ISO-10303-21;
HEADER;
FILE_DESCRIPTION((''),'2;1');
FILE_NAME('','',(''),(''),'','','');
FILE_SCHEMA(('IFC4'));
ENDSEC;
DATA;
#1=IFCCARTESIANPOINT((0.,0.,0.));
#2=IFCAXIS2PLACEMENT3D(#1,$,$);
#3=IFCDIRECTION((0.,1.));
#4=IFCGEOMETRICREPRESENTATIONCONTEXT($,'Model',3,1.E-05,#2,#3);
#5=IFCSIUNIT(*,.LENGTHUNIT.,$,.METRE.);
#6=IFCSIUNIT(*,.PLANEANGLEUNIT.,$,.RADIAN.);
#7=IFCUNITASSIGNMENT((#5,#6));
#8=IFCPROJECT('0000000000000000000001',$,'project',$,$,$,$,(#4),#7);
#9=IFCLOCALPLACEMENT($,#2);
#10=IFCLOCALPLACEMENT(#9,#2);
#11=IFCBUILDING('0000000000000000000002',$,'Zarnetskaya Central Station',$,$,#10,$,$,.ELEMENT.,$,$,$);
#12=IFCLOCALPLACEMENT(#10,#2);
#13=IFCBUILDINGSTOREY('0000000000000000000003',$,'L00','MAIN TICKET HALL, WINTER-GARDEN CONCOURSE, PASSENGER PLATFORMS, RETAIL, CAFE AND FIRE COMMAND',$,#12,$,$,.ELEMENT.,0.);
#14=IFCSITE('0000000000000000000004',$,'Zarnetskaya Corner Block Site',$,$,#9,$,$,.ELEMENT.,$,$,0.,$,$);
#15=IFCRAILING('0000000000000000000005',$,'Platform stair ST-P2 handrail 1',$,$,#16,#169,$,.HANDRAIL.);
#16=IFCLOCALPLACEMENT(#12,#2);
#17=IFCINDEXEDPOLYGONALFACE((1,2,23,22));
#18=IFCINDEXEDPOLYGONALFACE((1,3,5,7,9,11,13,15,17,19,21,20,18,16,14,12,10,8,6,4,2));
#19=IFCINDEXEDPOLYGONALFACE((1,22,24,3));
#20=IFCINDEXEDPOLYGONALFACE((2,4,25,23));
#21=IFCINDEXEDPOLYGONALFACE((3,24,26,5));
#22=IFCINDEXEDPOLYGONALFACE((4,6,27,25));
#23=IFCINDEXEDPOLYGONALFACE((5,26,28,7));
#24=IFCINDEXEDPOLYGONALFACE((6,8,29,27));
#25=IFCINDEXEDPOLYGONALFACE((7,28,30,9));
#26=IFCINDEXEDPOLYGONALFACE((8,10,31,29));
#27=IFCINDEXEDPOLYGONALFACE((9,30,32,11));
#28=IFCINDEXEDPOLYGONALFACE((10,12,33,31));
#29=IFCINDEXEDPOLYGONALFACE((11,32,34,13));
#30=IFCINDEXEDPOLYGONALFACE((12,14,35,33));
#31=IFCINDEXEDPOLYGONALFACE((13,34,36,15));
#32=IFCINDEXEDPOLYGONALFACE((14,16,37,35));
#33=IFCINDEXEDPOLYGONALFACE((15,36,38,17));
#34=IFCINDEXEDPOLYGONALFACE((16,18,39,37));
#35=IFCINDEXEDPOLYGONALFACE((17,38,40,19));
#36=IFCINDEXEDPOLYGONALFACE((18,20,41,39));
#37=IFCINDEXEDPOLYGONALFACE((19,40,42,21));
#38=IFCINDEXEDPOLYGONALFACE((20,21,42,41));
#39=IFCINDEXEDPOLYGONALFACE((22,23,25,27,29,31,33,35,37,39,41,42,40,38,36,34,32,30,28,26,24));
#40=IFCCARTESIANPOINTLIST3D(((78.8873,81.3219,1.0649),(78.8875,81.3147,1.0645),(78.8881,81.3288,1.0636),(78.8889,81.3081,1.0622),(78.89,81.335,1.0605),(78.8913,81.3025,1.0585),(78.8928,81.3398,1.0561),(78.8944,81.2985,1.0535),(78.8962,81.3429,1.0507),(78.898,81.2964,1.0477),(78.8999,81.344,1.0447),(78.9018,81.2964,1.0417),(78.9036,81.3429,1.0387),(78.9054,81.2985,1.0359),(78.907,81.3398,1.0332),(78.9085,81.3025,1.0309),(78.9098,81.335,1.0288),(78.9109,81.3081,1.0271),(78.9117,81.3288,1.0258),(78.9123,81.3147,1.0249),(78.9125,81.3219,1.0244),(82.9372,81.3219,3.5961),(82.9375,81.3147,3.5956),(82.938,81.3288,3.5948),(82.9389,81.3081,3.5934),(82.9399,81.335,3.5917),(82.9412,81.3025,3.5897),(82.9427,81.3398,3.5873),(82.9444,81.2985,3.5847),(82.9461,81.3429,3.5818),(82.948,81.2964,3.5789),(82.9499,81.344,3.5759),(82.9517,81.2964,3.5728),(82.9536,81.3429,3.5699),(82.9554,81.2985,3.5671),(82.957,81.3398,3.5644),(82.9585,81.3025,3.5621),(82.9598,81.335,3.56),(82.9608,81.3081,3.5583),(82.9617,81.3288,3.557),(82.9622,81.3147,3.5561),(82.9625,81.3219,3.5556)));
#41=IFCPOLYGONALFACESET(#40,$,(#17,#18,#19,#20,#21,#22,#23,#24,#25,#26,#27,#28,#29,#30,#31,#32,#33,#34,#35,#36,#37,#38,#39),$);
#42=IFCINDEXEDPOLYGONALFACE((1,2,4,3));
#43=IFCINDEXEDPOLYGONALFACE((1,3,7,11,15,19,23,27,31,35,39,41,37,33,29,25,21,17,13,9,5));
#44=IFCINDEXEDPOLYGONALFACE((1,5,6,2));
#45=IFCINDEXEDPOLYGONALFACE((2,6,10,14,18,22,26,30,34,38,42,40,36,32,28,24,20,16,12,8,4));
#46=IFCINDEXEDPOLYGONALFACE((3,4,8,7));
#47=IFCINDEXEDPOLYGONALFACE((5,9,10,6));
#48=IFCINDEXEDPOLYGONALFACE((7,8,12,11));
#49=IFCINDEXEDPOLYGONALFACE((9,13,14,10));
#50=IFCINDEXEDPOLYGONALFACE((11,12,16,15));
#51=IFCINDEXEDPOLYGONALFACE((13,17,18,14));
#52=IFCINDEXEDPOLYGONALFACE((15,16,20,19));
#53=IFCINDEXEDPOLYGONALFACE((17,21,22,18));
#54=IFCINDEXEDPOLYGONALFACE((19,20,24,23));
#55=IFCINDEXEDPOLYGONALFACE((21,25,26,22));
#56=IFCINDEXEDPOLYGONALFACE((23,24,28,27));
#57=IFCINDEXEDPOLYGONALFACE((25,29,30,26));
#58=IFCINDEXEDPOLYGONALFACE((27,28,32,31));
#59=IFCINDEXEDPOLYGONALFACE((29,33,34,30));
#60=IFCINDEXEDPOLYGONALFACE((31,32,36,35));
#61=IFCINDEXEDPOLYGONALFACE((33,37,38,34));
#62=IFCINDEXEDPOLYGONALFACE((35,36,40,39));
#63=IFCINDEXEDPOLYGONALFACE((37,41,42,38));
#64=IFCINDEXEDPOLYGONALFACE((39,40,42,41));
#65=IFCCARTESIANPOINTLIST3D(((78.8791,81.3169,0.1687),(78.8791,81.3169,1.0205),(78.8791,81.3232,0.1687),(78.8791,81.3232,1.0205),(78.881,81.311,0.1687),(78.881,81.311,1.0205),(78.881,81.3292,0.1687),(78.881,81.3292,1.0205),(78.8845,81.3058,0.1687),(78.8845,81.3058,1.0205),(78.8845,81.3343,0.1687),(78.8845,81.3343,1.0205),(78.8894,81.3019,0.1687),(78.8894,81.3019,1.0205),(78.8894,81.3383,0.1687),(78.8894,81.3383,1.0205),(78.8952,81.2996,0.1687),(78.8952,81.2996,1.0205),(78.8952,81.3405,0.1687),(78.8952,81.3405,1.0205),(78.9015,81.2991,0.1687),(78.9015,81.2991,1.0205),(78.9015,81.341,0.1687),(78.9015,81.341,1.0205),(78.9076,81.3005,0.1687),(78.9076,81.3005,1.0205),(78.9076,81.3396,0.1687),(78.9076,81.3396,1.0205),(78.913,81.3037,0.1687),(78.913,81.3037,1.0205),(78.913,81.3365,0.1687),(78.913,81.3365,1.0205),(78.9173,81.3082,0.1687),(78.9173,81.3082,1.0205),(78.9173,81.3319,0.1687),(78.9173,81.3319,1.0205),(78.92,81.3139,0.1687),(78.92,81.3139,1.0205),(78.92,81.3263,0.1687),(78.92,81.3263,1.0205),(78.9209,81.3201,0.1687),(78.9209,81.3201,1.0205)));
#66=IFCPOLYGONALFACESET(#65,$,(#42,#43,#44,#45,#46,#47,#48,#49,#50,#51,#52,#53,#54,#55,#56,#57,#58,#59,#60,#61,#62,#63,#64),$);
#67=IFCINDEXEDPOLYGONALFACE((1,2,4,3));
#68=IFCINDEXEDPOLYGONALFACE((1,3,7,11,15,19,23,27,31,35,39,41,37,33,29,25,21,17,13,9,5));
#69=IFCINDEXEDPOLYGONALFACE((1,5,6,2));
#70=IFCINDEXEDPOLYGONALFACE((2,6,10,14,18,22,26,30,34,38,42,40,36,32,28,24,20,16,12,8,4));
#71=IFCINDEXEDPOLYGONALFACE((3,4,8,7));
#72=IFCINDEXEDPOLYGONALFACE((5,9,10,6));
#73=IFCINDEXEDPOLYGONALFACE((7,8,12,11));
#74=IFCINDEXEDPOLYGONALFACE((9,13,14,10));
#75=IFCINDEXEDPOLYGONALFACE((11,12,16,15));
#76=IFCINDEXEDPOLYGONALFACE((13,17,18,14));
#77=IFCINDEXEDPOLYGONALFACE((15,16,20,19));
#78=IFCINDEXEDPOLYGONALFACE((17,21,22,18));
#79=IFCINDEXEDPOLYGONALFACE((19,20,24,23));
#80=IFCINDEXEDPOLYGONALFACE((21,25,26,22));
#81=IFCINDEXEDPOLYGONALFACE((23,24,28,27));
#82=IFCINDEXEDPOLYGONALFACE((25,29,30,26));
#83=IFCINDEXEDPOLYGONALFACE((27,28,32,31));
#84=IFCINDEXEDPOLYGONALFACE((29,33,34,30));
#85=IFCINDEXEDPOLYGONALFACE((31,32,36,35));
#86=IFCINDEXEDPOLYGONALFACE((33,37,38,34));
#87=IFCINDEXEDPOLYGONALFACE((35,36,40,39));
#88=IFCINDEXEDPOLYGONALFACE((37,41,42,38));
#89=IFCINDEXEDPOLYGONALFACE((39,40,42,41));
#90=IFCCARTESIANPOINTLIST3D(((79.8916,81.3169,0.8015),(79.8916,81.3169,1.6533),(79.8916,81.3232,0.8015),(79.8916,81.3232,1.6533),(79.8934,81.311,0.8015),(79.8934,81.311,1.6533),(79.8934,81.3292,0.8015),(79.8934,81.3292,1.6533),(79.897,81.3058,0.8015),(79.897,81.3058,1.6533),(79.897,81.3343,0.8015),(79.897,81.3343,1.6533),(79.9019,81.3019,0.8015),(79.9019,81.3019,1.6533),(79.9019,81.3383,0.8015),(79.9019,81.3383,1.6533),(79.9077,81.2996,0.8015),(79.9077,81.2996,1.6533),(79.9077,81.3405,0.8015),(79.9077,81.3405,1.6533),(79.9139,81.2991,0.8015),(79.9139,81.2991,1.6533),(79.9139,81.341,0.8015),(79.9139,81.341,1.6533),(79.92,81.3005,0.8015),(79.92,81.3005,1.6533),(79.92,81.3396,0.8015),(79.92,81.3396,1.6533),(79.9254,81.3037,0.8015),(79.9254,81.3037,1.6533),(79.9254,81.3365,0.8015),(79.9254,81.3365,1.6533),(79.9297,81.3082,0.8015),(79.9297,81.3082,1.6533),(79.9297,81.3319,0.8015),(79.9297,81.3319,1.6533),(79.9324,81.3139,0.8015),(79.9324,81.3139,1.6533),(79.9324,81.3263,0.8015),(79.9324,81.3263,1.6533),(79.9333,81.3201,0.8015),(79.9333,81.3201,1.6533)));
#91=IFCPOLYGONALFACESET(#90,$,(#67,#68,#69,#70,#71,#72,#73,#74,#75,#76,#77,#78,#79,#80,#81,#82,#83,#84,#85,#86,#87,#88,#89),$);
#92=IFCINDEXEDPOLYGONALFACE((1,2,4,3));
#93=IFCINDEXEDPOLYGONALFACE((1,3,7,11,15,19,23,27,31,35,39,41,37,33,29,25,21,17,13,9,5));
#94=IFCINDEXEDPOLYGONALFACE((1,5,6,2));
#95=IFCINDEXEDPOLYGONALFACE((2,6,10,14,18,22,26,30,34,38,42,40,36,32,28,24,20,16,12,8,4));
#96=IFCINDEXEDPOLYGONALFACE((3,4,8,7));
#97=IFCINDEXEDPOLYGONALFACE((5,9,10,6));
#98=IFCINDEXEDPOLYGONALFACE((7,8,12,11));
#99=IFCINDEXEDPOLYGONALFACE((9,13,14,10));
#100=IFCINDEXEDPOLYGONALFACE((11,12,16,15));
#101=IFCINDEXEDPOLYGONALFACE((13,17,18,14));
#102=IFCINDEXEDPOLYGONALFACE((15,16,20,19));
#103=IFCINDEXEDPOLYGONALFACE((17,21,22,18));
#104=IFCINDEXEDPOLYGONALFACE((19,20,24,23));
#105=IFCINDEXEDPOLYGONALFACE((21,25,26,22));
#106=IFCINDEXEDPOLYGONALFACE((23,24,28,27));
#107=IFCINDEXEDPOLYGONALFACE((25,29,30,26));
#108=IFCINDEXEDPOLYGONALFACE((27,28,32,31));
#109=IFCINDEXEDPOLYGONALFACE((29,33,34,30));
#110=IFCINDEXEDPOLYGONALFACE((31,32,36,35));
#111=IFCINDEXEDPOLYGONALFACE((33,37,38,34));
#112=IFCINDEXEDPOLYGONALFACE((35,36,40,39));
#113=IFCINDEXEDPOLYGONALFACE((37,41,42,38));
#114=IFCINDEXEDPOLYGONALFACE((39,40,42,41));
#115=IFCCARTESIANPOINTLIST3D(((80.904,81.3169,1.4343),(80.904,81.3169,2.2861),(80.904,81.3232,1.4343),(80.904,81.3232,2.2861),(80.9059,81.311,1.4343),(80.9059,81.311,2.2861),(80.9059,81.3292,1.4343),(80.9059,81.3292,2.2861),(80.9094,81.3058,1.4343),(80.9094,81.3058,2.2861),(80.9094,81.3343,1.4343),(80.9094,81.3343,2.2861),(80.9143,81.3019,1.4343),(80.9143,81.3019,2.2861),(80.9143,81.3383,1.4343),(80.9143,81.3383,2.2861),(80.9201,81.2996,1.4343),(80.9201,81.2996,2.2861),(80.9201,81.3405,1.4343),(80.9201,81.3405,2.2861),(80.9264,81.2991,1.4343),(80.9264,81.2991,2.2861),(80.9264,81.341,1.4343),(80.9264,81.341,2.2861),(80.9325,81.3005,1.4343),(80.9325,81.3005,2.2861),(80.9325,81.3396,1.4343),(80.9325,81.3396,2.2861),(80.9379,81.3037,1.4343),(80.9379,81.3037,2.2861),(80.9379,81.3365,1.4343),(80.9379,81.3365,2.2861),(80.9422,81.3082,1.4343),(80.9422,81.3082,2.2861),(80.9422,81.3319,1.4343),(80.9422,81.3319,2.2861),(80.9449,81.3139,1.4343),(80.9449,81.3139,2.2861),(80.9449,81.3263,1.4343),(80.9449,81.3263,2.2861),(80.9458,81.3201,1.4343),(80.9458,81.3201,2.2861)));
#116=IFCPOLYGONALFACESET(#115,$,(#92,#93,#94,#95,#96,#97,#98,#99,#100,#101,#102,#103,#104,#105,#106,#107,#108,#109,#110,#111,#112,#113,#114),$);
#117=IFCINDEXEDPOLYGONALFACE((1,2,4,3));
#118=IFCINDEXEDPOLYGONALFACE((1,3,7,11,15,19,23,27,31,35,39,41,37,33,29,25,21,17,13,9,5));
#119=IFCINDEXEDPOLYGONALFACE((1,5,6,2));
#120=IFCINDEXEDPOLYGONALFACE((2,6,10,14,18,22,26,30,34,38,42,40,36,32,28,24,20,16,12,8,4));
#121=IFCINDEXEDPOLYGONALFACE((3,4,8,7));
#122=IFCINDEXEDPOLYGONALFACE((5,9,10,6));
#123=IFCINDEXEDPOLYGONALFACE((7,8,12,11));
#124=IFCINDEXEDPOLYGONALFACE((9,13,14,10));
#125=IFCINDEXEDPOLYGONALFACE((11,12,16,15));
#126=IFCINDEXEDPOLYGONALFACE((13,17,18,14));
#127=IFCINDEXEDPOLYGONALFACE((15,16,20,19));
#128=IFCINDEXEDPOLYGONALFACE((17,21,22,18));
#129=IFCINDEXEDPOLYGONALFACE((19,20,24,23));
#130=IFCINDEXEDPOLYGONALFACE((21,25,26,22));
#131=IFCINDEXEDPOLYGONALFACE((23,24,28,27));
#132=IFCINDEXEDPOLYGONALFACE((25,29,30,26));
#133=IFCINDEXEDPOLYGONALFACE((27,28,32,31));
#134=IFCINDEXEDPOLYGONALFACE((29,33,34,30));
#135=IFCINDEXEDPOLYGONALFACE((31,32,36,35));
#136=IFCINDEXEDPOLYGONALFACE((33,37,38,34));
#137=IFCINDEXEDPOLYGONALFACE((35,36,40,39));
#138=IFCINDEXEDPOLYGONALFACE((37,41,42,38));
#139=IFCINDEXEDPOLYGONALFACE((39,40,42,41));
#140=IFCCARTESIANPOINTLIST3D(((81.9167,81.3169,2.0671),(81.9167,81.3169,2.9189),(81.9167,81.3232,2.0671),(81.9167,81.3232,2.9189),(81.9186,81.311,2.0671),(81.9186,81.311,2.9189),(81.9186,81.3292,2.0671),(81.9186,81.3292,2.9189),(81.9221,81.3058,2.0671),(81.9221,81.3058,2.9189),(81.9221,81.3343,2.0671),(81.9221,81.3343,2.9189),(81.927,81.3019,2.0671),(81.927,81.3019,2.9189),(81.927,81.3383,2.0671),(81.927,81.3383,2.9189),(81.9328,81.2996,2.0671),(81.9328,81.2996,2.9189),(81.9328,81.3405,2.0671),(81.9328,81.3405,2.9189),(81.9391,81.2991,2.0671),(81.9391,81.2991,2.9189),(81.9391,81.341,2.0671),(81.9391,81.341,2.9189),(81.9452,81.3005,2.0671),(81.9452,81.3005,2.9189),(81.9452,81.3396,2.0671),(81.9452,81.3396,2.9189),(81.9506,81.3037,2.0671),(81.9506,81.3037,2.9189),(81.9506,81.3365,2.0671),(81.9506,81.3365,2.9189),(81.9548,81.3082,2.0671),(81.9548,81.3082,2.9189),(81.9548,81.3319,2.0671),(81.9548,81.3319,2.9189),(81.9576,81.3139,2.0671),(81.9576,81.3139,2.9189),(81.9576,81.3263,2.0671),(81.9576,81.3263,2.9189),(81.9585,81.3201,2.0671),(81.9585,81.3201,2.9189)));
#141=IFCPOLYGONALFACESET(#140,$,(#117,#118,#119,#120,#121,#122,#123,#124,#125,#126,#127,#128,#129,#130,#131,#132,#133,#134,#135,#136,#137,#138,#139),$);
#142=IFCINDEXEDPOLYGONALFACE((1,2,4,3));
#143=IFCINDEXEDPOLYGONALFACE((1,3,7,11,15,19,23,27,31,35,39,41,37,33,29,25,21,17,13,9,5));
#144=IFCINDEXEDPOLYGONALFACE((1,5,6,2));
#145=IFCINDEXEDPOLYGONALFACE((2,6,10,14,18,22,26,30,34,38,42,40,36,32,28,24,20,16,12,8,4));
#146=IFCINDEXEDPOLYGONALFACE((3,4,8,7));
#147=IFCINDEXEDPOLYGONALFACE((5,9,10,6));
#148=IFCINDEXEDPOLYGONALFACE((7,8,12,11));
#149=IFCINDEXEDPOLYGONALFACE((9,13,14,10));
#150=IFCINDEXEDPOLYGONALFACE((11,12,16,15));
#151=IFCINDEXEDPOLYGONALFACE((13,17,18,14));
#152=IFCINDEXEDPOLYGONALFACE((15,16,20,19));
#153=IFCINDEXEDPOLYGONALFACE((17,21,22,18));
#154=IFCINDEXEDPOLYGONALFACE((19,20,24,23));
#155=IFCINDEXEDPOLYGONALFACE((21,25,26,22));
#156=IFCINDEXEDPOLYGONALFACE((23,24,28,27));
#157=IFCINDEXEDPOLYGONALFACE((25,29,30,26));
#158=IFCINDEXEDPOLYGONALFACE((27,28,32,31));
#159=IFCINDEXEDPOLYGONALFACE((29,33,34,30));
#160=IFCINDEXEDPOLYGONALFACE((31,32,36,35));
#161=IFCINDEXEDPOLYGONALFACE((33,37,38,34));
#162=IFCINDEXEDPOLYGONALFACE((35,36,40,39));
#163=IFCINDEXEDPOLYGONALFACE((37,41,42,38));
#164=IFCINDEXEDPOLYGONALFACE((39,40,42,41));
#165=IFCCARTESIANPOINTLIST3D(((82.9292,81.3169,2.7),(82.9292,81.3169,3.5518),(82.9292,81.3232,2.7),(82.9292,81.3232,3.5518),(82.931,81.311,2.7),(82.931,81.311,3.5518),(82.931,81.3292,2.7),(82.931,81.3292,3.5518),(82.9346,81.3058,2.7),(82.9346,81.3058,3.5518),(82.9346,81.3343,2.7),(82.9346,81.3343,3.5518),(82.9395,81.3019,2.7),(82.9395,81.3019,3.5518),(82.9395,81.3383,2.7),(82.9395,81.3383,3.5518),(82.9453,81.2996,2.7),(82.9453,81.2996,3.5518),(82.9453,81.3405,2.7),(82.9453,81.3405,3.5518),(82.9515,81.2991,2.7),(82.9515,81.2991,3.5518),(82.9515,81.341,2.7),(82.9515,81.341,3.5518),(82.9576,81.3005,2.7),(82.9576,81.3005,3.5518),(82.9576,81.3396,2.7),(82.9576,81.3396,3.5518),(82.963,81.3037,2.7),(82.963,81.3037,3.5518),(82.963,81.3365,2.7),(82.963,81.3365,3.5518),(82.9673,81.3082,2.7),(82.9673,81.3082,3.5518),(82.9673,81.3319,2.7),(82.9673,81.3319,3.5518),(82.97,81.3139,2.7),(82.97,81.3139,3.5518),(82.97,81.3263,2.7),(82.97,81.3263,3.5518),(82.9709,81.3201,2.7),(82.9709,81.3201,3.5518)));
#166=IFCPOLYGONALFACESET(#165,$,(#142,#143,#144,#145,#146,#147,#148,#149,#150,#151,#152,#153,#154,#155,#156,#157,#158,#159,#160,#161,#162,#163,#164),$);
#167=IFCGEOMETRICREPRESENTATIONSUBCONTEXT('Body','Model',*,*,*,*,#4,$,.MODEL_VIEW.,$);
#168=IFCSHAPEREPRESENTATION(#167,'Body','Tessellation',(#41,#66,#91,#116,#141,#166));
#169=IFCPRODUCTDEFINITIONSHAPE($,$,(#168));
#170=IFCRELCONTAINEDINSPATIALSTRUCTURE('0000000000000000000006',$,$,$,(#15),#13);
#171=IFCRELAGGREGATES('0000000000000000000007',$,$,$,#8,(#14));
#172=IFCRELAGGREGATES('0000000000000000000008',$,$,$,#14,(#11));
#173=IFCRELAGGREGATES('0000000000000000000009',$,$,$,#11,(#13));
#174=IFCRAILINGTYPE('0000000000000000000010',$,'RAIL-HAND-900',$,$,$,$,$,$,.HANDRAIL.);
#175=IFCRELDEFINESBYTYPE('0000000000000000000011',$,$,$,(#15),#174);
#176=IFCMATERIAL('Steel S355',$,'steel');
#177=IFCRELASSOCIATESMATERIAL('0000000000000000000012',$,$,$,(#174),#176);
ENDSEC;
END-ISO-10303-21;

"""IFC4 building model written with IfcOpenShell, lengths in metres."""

from ifc_helpers import new_model, si_unit, direction, frame, origin, origin_2d, place, context, subcontext, project, spatial, circle, extrude, material, type_object, element, save


model = new_model("IFC4")

# Units and contexts
model_context = context("Model", 3, precision=1e-05, world=origin(), true_north=direction((0.0, 1.0)))
body_context = subcontext(model_context, "Body", "Model", "MODEL_VIEW")
ifc_project = project(units=[si_unit("LENGTHUNIT", "METRE"), si_unit("PLANEANGLEUNIT", "RADIAN")], contexts=[model_context])

# Site, building, storey
site_placement = place(None, origin())
site = spatial("IfcSite", under=ifc_project, at=site_placement, Name="Zarnetskaya Corner Block Site", CompositionType="ELEMENT", RefElevation=0.0)
building_placement = place(site_placement, origin())
building = spatial("IfcBuilding", under=site, at=building_placement, Name="Zarnetskaya Central Station", CompositionType="ELEMENT")
storey_placement = place(building_placement, origin())
storey = spatial("IfcBuildingStorey", under=building, at=storey_placement, Name="L00", Description="MAIN TICKET HALL, WINTER-GARDEN CONCOURSE, PASSENGER PLATFORMS, RETAIL, CAFE AND FIRE COMMAND", CompositionType="ELEMENT", Elevation=0.0)

# Shared definitions
ifc_material_1 = material(Name="Steel S355", Category="steel")

# Railing
railing_type_1 = type_object("IfcRailingType", Name="RAIL-HAND-900", PredefinedType="HANDRAIL", material=ifc_material_1)
railing_1_placement = place(storey_placement, frame((78.8999, 81.3201, 0.1687)))
element("IfcRailing", 1, at=railing_1_placement, inside=storey, type_object=railing_type_1, Name="Platform stair ST-P2 handrail 1", PredefinedType="HANDRAIL", context=body_context, shape_type="SweptSolid", body=[
    extrude(circle(Radius=0.0239, at=origin_2d()), frame((0.0, 0.0, 0.876), z_axis=(0.848001, 0.0, 0.529994), x_axis=(0.0, 1.0, 0.0)), (0.0, 0.0, 1.0), 4.7759),
    extrude(circle(Radius=0.021, at=origin_2d()), origin(), (0.0, 0.0, 1.0), 0.8518),
    extrude(circle(Radius=0.021, at=origin_2d()), frame((1.0125, 0.0, 0.6328)), (0.0, 0.0, 1.0), 0.8518),
    extrude(circle(Radius=0.021, at=origin_2d()), frame((2.0249, 0.0, 1.2656)), (0.0, 0.0, 1.0), 0.8518),
    extrude(circle(Radius=0.021, at=origin_2d()), frame((3.0376, 0.0, 1.8984)), (0.0, 0.0, 1.0), 0.8518),
    extrude(circle(Radius=0.021, at=origin_2d()), frame((4.05, 0.0, 2.5312)), (0.0, 0.0, 1.0), 0.8518),
])

save(model, "model.ifc")
